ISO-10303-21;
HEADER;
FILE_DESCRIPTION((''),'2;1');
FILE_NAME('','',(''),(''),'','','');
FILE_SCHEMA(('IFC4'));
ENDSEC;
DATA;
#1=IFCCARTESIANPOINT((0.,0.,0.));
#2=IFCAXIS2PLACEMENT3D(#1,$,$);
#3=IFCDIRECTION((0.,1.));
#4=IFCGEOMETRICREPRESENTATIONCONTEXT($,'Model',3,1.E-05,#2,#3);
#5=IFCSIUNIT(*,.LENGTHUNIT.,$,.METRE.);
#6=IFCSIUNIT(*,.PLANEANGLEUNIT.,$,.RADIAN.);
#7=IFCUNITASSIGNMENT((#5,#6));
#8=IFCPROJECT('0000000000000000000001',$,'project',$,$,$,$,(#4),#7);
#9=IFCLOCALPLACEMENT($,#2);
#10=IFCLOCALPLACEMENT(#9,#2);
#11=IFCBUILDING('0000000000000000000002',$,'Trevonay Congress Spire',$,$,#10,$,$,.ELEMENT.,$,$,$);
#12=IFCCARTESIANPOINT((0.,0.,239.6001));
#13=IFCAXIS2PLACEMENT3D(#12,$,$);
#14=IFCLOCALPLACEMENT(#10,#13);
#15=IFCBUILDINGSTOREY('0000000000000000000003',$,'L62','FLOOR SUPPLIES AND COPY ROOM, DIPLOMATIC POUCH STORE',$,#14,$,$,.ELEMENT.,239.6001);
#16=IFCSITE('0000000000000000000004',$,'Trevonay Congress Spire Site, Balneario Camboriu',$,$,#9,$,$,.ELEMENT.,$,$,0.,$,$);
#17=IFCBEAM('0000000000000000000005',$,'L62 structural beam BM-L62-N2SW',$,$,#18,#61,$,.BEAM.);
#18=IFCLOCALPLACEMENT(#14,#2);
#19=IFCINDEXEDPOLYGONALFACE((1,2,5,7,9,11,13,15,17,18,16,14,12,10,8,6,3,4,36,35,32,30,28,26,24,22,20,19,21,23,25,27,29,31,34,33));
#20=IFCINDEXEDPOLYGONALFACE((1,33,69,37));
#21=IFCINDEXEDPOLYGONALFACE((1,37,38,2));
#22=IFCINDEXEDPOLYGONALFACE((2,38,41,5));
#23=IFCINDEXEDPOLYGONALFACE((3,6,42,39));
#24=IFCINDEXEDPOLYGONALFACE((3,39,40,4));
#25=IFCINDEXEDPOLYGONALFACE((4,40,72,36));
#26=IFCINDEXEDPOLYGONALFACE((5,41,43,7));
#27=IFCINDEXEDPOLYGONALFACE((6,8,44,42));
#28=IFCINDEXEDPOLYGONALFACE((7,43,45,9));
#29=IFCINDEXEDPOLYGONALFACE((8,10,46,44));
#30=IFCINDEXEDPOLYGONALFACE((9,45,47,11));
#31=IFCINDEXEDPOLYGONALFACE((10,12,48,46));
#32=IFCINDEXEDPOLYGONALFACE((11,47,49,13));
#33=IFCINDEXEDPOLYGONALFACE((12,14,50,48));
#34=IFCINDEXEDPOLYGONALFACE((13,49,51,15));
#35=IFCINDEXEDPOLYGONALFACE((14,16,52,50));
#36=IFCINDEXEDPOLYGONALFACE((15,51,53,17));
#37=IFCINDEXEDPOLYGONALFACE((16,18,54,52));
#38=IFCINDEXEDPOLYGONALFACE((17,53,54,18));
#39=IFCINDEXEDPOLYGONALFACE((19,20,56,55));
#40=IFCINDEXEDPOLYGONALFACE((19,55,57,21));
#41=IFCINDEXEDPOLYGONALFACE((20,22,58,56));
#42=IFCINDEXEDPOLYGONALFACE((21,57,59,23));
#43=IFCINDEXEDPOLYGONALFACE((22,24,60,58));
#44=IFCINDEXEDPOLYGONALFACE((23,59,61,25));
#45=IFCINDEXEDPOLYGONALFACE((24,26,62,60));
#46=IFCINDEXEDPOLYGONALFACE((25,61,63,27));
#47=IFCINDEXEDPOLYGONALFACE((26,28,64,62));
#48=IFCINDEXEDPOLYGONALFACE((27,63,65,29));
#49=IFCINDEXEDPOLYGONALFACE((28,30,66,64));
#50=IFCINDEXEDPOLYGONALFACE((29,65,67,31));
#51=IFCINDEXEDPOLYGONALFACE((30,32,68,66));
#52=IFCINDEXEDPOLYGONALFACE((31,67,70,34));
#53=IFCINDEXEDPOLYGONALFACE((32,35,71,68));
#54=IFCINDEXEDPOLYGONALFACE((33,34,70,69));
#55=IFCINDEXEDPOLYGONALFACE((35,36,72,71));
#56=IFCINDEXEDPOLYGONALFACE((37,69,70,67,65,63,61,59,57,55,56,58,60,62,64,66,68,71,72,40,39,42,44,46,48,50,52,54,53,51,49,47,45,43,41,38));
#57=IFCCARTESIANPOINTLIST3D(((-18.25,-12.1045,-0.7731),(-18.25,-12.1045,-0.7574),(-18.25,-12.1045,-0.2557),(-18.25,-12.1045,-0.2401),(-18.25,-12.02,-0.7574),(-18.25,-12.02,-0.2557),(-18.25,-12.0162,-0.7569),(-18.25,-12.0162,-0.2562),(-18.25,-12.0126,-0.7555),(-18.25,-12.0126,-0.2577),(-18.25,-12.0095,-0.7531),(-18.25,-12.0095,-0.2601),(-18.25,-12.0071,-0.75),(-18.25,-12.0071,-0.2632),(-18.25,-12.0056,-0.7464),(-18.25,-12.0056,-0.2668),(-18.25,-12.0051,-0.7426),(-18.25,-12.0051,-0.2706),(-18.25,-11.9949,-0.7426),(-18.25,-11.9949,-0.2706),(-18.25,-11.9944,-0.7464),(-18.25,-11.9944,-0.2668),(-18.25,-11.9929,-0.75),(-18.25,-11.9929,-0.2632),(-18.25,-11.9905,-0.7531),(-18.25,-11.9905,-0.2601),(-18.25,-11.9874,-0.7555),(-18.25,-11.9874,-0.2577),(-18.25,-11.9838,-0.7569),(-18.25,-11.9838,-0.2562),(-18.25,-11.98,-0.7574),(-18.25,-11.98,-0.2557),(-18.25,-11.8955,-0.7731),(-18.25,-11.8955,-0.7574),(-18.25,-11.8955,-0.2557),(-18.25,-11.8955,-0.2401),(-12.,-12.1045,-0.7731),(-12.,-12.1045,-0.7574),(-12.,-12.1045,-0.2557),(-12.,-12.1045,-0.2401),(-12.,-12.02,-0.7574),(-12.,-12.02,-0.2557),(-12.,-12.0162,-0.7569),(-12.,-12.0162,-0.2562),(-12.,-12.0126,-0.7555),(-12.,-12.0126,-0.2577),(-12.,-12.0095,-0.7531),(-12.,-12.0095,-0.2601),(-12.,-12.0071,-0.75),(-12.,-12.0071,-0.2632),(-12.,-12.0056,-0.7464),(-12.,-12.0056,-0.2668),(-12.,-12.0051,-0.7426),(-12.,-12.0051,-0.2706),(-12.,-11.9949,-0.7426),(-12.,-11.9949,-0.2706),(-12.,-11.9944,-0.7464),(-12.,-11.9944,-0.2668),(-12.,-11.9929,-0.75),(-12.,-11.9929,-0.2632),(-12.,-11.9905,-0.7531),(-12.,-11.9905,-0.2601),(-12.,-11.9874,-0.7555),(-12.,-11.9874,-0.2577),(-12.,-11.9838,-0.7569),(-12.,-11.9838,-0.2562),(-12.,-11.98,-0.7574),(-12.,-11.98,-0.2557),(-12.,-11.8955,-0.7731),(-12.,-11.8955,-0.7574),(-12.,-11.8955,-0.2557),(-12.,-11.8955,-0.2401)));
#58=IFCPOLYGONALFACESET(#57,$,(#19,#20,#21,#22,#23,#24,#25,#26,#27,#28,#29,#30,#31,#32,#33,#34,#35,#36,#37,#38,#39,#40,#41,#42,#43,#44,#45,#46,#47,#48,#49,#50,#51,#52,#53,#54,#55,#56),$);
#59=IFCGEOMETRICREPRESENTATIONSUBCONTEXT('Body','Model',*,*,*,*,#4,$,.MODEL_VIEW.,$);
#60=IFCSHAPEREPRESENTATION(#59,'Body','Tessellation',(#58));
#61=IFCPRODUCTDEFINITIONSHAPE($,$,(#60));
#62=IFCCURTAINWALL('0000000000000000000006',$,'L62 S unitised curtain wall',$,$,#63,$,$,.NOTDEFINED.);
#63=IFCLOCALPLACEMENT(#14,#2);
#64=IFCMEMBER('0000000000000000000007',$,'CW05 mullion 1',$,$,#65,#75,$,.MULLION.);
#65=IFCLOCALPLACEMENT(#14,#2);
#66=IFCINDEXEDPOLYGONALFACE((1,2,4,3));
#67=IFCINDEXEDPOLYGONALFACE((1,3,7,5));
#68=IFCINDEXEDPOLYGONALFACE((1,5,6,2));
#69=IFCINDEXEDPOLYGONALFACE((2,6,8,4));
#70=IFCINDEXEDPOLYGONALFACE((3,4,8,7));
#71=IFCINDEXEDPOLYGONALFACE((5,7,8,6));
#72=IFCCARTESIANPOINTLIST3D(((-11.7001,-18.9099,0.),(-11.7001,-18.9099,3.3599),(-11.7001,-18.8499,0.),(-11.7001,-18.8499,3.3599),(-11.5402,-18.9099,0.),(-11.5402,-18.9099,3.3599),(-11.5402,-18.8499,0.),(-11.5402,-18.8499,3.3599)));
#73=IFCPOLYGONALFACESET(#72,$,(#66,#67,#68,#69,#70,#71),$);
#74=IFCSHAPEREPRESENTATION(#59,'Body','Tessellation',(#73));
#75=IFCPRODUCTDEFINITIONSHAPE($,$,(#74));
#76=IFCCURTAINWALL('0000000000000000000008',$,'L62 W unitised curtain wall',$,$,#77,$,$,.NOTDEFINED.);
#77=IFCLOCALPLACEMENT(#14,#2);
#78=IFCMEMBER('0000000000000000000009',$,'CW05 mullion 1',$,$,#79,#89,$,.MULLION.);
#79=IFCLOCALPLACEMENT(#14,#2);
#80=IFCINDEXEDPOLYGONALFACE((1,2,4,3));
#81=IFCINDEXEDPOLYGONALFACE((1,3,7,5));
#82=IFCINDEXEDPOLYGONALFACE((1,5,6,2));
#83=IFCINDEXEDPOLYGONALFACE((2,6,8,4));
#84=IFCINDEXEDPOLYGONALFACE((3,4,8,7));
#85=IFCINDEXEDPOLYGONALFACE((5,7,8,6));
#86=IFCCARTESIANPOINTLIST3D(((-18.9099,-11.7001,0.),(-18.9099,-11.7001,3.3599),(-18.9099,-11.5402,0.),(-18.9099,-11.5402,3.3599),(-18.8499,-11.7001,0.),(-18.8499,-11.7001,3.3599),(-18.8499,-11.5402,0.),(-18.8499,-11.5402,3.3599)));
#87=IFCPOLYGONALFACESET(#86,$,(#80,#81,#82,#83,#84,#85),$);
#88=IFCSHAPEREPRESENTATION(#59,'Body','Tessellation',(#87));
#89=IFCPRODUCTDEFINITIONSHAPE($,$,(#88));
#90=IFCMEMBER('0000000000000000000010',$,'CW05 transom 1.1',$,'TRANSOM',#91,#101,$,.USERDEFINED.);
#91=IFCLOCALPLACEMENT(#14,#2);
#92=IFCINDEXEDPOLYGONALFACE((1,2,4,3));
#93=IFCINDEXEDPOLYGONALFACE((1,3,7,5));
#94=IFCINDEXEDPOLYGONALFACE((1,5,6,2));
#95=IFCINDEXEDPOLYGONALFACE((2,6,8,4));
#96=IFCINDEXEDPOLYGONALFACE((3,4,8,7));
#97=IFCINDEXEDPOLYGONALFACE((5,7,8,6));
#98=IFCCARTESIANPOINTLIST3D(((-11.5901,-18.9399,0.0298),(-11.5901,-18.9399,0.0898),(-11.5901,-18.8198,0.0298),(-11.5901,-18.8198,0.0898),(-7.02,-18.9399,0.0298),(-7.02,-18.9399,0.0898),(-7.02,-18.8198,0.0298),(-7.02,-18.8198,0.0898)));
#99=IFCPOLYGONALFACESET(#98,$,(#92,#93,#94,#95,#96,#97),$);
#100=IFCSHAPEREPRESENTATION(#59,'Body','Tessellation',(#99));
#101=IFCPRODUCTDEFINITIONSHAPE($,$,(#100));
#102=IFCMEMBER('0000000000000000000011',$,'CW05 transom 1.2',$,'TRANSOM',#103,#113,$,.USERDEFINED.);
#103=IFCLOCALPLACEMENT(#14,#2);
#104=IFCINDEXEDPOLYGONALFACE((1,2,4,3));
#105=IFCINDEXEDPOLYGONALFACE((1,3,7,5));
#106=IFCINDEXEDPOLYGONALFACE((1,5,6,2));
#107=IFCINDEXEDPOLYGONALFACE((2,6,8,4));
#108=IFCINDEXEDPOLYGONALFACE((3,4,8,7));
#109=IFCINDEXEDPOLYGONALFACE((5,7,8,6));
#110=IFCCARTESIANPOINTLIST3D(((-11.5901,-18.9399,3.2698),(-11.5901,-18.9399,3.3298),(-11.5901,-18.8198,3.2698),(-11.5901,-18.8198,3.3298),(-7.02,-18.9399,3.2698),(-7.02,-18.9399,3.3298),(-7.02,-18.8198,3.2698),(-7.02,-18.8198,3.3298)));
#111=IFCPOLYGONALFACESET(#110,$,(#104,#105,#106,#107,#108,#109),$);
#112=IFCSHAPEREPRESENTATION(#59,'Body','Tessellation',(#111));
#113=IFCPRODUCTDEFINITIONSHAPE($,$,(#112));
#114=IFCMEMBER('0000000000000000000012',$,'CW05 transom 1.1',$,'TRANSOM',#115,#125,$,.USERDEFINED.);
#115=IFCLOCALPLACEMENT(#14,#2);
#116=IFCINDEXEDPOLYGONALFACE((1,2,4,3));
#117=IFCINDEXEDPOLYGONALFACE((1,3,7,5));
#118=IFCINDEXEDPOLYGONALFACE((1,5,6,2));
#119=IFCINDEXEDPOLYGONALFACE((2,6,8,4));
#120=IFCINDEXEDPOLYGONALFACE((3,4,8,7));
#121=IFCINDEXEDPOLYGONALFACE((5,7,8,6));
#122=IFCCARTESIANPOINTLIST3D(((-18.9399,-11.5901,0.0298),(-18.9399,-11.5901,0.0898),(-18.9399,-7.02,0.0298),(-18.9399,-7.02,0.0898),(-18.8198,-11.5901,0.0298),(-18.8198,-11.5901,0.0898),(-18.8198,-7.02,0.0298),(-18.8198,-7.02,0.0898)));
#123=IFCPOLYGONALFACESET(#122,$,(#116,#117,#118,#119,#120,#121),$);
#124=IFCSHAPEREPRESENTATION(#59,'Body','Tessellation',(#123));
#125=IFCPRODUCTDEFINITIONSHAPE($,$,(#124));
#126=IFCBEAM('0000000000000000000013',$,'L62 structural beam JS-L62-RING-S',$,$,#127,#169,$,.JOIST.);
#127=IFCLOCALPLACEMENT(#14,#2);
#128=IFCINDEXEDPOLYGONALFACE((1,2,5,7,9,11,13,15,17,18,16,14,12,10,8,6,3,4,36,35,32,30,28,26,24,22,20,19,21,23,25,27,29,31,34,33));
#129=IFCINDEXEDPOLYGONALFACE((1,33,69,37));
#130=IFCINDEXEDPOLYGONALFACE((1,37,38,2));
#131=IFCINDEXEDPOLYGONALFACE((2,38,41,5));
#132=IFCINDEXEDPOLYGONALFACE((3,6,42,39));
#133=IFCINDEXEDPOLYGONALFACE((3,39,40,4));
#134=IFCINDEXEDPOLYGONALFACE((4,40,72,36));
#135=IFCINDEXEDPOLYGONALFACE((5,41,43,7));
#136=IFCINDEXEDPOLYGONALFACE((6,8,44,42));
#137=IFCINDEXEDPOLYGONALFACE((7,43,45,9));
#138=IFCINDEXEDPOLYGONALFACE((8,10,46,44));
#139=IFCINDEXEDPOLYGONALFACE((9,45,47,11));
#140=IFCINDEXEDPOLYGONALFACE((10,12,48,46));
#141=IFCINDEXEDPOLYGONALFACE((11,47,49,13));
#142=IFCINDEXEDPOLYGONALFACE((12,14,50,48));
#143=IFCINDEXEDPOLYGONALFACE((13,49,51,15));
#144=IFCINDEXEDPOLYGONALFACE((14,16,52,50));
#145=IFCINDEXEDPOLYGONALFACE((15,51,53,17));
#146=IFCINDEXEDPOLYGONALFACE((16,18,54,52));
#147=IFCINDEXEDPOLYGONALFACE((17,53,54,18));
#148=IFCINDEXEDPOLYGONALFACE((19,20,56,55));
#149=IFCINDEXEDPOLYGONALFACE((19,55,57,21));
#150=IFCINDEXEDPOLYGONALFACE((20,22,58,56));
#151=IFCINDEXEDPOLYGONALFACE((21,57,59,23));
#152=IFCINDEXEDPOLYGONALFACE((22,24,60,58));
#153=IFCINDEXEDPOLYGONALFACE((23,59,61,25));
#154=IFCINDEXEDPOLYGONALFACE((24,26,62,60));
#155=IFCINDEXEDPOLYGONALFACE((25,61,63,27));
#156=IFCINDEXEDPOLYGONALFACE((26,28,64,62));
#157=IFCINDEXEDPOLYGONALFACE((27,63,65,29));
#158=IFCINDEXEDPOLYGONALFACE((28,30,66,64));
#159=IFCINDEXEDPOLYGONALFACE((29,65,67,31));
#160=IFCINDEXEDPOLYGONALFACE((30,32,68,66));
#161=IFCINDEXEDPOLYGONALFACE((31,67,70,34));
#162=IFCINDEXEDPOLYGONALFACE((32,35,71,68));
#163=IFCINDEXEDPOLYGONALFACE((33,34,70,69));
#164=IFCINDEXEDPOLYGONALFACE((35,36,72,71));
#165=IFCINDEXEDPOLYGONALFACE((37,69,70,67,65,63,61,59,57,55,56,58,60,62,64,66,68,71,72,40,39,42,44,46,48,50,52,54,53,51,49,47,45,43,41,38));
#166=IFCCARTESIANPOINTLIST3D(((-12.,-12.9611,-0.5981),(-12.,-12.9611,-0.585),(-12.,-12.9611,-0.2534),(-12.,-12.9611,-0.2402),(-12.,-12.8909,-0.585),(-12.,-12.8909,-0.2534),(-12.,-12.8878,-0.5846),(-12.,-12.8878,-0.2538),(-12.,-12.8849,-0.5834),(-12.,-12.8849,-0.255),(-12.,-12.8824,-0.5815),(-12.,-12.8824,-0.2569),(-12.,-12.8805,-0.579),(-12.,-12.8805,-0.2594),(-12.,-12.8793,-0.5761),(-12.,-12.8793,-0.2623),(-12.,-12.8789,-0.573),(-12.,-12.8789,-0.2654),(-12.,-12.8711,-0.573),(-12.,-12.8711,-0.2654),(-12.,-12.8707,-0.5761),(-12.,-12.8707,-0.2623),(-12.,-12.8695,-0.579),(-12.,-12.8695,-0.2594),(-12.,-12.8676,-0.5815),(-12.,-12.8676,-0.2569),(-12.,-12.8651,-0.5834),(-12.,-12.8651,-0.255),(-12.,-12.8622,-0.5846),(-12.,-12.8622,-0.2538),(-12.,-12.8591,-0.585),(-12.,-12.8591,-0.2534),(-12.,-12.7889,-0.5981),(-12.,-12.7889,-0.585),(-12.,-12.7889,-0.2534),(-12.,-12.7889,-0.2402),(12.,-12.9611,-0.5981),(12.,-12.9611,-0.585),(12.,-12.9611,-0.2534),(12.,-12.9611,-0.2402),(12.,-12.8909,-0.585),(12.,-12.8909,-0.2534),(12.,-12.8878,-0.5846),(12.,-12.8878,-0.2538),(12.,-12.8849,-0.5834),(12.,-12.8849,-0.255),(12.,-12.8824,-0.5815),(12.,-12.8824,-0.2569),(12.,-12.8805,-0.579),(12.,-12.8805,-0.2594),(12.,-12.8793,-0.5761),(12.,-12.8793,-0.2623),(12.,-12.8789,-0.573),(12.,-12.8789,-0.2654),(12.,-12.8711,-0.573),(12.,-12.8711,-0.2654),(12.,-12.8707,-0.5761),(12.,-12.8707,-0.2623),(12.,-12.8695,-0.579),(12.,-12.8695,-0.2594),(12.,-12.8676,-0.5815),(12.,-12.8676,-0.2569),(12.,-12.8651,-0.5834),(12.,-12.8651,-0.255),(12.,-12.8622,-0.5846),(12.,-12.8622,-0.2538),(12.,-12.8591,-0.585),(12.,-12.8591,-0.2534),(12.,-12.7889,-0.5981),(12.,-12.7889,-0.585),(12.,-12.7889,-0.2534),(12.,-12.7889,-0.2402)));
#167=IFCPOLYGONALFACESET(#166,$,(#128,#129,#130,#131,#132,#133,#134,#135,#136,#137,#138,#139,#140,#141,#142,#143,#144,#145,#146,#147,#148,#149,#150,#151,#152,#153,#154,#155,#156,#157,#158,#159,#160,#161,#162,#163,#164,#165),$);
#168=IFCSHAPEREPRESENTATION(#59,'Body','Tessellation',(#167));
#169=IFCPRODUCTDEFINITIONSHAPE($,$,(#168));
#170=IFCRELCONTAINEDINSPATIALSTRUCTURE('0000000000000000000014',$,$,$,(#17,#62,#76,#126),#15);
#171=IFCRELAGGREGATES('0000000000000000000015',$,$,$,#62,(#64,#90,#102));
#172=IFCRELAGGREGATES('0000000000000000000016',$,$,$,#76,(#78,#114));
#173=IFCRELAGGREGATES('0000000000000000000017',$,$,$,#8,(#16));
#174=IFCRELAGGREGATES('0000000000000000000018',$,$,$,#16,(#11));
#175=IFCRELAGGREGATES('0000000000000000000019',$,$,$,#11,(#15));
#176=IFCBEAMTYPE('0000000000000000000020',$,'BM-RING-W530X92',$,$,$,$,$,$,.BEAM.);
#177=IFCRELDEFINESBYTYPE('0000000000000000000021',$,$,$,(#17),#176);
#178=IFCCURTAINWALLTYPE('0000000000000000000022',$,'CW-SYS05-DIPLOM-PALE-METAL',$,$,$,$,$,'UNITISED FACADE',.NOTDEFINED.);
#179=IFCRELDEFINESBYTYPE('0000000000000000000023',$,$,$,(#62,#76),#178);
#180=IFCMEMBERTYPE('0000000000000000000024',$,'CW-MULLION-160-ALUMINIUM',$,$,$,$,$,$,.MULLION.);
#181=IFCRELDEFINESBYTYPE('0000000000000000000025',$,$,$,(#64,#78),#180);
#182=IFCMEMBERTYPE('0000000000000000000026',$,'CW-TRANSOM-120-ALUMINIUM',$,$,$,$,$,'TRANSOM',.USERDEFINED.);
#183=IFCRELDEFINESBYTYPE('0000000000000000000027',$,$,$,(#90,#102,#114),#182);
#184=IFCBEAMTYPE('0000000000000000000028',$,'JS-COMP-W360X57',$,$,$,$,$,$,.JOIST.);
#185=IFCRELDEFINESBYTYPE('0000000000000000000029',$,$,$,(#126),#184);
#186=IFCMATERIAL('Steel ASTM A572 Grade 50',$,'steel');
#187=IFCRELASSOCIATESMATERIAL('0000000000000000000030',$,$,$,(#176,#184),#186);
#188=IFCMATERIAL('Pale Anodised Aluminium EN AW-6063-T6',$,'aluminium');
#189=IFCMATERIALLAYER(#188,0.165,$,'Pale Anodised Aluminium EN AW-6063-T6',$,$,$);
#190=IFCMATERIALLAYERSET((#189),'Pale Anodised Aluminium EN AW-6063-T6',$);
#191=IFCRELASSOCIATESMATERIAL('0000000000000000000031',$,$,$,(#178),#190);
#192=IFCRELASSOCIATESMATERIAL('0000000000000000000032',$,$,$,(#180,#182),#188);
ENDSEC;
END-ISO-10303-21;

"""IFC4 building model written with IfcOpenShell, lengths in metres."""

from ifc_helpers import new_model, si_unit, direction, frame, origin, origin_2d, place, context, subcontext, project, spatial, rectangle, i_section, extrude, material, layer, layer_set, material_profile, profile_set, type_object, element, aggregate, save


model = new_model("IFC4")

# Units and contexts
model_context = context("Model", 3, precision=1e-05, world=origin(), true_north=direction((0.0, 1.0)))
body_context = subcontext(model_context, "Body", "Model", "MODEL_VIEW")
ifc_project = project(units=[si_unit("LENGTHUNIT", "METRE"), si_unit("PLANEANGLEUNIT", "RADIAN")], contexts=[model_context])

# Site, building, storey
site_placement = place(None, origin())
site = spatial("IfcSite", under=ifc_project, at=site_placement, Name="Trevonay Congress Spire Site, Balneario Camboriu", CompositionType="ELEMENT", RefElevation=0.0)
building_placement = place(site_placement, origin())
building = spatial("IfcBuilding", under=site, at=building_placement, Name="Trevonay Congress Spire", CompositionType="ELEMENT")
storey_placement = place(building_placement, frame((0.0, 0.0, 239.6001)))
storey = spatial("IfcBuildingStorey", under=building, at=storey_placement, Name="L62", Description="FLOOR SUPPLIES AND COPY ROOM, DIPLOMATIC POUCH STORE", CompositionType="ELEMENT", Elevation=239.6001)

# Shared definitions
ifc_material_1 = material(Name="Steel ASTM A572 Grade 50", Category="steel")

# Beam
ifc_material_profile_1 = material_profile(ifc_material_1, i_section(OverallWidth=0.209, OverallDepth=0.533, WebThickness=0.0103, FlangeThickness=0.0156, FilletRadius=0.0149, at=origin_2d()), Name="W530x92")
ifc_profile_set_1 = profile_set([ifc_material_profile_1], Name="Steel ASTM A572 Grade 50")
beam_type_1 = type_object("IfcBeamType", Name="BM-RING-W530X92", PredefinedType="BEAM", material=ifc_profile_set_1)
for number, where, z_axis, x_axis, name in (
    (1, (-18.25, -12.0, -0.5066), (1.0, 0.0, 0.0), (0.0, 1.0, 0.0), "L62 structural beam BM-L62-N2SW"),
):
    element("IfcBeam", number, at=place(storey_placement, frame(where, z_axis=z_axis, x_axis=x_axis)), inside=storey, type_object=beam_type_1, Name=name, PredefinedType="BEAM", context=body_context, shape_type="SweptSolid", body=[
        extrude(i_section(OverallWidth=0.209, OverallDepth=0.533, WebThickness=0.0103, FlangeThickness=0.0156, FilletRadius=0.0149, at=origin_2d()), origin(), (0.0, 0.0, 1.0), 6.25),
    ])

# Curtain walls, members
ifc_material_2 = material(Name="Pale Anodised Aluminium EN AW-6063-T6", Category="aluminium")
ifc_layer_1 = layer(ifc_material_2, 0.165, Name="Pale Anodised Aluminium EN AW-6063-T6")
ifc_layer_set_1 = layer_set([ifc_layer_1], Name="Pale Anodised Aluminium EN AW-6063-T6")
curtain_wall_type = type_object("IfcCurtainWallType", Name="CW-SYS05-DIPLOM-PALE-METAL", ElementType="UNITISED FACADE", PredefinedType="NOTDEFINED", material=ifc_layer_set_1)
curtain_wall_1_placement = place(storey_placement, origin())
curtain_wall_1 = element("IfcCurtainWall", 2, at=curtain_wall_1_placement, inside=storey, type_object=curtain_wall_type, Name="L62 S unitised curtain wall", PredefinedType="NOTDEFINED")
ifc_material_profile_2 = material_profile(ifc_material_2, rectangle(XDim=0.0601, YDim=0.1599, at=origin_2d()), Name="CW-MULLION-160-ALUMINIUM")
ifc_profile_set_2 = profile_set([ifc_material_profile_2], Name="Pale Anodised Aluminium EN AW-6063-T6")
member_type_1 = type_object("IfcMemberType", Name="CW-MULLION-160-ALUMINIUM", PredefinedType="MULLION", material=ifc_profile_set_2)
member_1_placement = place(storey_placement, frame((-11.6201, -18.8799, 0.0), z_axis=(0.0, 0.0, 1.0), x_axis=(0.0, 1.0, 0.0)))
member_1 = element("IfcMember", 3, at=member_1_placement, type_object=member_type_1, Name="CW05 mullion 1", PredefinedType="MULLION", context=body_context, shape_type="SweptSolid", body=[
    extrude(rectangle(XDim=0.0601, YDim=0.1599, at=origin_2d()), origin(), (0.0, 0.0, 1.0), 3.3599),
])
curtain_wall_2_placement = place(storey_placement, origin())
curtain_wall_2 = element("IfcCurtainWall", 4, at=curtain_wall_2_placement, inside=storey, type_object=curtain_wall_type, Name="L62 W unitised curtain wall", PredefinedType="NOTDEFINED")
member_2_placement = place(storey_placement, frame((-18.8799, -11.6201, 0.0), z_axis=(0.0, 0.0, 1.0), x_axis=(-1.0, 0.0, 0.0)))
member_2 = element("IfcMember", 5, at=member_2_placement, type_object=member_type_1, Name="CW05 mullion 1", PredefinedType="MULLION", context=body_context, shape_type="SweptSolid", body=[
    extrude(rectangle(XDim=0.0601, YDim=0.1599, at=origin_2d()), origin(), (0.0, 0.0, 1.0), 3.3599),
])

# Members
ifc_material_profile_3 = material_profile(ifc_material_2, rectangle(XDim=0.1201, YDim=0.0601, at=origin_2d()), Name="CW-TRANSOM-120-ALUMINIUM")
ifc_profile_set_3 = profile_set([ifc_material_profile_3], Name="Pale Anodised Aluminium EN AW-6063-T6")
member_type_2 = type_object("IfcMemberType", Name="CW-TRANSOM-120-ALUMINIUM", ElementType="TRANSOM", PredefinedType="USERDEFINED", material=ifc_profile_set_3)
member_3_placement = place(storey_placement, frame((-11.5901, -18.8799, 0.0598), z_axis=(1.0, 0.0, 0.0), x_axis=(0.0, 1.0, 0.0)))
member_3 = element("IfcMember", 6, at=member_3_placement, type_object=member_type_2, Name="CW05 transom 1.1", ObjectType="TRANSOM", PredefinedType="USERDEFINED", context=body_context, shape_type="SweptSolid", body=[
    extrude(rectangle(XDim=0.1201, YDim=0.0601, at=origin_2d()), origin(), (0.0, 0.0, 1.0), 4.5701),
])
member_4_placement = place(storey_placement, frame((-11.5901, -18.8799, 3.2998), z_axis=(1.0, 0.0, 0.0), x_axis=(0.0, 1.0, 0.0)))
member_4 = element("IfcMember", 7, at=member_4_placement, type_object=member_type_2, Name="CW05 transom 1.2", ObjectType="TRANSOM", PredefinedType="USERDEFINED", context=body_context, shape_type="SweptSolid", body=[
    extrude(rectangle(XDim=0.1201, YDim=0.0601, at=origin_2d()), origin(), (0.0, 0.0, 1.0), 4.5701),
])
aggregate(curtain_wall_1, [member_1, member_3, member_4])
member_5_placement = place(storey_placement, frame((-18.8799, -11.5901, 0.0598), z_axis=(0.0, 1.0, 0.0), x_axis=(-1.0, 0.0, 0.0)))
member_5 = element("IfcMember", 8, at=member_5_placement, type_object=member_type_2, Name="CW05 transom 1.1", ObjectType="TRANSOM", PredefinedType="USERDEFINED", context=body_context, shape_type="SweptSolid", body=[
    extrude(rectangle(XDim=0.1201, YDim=0.0601, at=origin_2d()), origin(), (0.0, 0.0, 1.0), 4.5701),
])
aggregate(curtain_wall_2, [member_2, member_5])

# Beam
ifc_material_profile_4 = material_profile(ifc_material_1, i_section(OverallWidth=0.1721, OverallDepth=0.3579, WebThickness=0.0078, FlangeThickness=0.0132, FilletRadius=0.012, at=origin_2d()), Name="W360x57.8")
ifc_profile_set_4 = profile_set([ifc_material_profile_4], Name="Steel ASTM A572 Grade 50")
beam_type_2 = type_object("IfcBeamType", Name="JS-COMP-W360X57", PredefinedType="JOIST", material=ifc_profile_set_4)
for number, where, z_axis, x_axis, name in (
    (9, (-12.0, -12.875, -0.4192), (1.0, 0.0, 0.0), (0.0, 1.0, 0.0), "L62 structural beam JS-L62-RING-S"),
):
    element("IfcBeam", number, at=place(storey_placement, frame(where, z_axis=z_axis, x_axis=x_axis)), inside=storey, type_object=beam_type_2, Name=name, PredefinedType="JOIST", context=body_context, shape_type="SweptSolid", body=[
        extrude(i_section(OverallWidth=0.1721, OverallDepth=0.3579, WebThickness=0.0078, FlangeThickness=0.0132, FilletRadius=0.012, at=origin_2d()), origin(), (0.0, 0.0, 1.0), 24.0),
    ])

save(model, "model.ifc")
